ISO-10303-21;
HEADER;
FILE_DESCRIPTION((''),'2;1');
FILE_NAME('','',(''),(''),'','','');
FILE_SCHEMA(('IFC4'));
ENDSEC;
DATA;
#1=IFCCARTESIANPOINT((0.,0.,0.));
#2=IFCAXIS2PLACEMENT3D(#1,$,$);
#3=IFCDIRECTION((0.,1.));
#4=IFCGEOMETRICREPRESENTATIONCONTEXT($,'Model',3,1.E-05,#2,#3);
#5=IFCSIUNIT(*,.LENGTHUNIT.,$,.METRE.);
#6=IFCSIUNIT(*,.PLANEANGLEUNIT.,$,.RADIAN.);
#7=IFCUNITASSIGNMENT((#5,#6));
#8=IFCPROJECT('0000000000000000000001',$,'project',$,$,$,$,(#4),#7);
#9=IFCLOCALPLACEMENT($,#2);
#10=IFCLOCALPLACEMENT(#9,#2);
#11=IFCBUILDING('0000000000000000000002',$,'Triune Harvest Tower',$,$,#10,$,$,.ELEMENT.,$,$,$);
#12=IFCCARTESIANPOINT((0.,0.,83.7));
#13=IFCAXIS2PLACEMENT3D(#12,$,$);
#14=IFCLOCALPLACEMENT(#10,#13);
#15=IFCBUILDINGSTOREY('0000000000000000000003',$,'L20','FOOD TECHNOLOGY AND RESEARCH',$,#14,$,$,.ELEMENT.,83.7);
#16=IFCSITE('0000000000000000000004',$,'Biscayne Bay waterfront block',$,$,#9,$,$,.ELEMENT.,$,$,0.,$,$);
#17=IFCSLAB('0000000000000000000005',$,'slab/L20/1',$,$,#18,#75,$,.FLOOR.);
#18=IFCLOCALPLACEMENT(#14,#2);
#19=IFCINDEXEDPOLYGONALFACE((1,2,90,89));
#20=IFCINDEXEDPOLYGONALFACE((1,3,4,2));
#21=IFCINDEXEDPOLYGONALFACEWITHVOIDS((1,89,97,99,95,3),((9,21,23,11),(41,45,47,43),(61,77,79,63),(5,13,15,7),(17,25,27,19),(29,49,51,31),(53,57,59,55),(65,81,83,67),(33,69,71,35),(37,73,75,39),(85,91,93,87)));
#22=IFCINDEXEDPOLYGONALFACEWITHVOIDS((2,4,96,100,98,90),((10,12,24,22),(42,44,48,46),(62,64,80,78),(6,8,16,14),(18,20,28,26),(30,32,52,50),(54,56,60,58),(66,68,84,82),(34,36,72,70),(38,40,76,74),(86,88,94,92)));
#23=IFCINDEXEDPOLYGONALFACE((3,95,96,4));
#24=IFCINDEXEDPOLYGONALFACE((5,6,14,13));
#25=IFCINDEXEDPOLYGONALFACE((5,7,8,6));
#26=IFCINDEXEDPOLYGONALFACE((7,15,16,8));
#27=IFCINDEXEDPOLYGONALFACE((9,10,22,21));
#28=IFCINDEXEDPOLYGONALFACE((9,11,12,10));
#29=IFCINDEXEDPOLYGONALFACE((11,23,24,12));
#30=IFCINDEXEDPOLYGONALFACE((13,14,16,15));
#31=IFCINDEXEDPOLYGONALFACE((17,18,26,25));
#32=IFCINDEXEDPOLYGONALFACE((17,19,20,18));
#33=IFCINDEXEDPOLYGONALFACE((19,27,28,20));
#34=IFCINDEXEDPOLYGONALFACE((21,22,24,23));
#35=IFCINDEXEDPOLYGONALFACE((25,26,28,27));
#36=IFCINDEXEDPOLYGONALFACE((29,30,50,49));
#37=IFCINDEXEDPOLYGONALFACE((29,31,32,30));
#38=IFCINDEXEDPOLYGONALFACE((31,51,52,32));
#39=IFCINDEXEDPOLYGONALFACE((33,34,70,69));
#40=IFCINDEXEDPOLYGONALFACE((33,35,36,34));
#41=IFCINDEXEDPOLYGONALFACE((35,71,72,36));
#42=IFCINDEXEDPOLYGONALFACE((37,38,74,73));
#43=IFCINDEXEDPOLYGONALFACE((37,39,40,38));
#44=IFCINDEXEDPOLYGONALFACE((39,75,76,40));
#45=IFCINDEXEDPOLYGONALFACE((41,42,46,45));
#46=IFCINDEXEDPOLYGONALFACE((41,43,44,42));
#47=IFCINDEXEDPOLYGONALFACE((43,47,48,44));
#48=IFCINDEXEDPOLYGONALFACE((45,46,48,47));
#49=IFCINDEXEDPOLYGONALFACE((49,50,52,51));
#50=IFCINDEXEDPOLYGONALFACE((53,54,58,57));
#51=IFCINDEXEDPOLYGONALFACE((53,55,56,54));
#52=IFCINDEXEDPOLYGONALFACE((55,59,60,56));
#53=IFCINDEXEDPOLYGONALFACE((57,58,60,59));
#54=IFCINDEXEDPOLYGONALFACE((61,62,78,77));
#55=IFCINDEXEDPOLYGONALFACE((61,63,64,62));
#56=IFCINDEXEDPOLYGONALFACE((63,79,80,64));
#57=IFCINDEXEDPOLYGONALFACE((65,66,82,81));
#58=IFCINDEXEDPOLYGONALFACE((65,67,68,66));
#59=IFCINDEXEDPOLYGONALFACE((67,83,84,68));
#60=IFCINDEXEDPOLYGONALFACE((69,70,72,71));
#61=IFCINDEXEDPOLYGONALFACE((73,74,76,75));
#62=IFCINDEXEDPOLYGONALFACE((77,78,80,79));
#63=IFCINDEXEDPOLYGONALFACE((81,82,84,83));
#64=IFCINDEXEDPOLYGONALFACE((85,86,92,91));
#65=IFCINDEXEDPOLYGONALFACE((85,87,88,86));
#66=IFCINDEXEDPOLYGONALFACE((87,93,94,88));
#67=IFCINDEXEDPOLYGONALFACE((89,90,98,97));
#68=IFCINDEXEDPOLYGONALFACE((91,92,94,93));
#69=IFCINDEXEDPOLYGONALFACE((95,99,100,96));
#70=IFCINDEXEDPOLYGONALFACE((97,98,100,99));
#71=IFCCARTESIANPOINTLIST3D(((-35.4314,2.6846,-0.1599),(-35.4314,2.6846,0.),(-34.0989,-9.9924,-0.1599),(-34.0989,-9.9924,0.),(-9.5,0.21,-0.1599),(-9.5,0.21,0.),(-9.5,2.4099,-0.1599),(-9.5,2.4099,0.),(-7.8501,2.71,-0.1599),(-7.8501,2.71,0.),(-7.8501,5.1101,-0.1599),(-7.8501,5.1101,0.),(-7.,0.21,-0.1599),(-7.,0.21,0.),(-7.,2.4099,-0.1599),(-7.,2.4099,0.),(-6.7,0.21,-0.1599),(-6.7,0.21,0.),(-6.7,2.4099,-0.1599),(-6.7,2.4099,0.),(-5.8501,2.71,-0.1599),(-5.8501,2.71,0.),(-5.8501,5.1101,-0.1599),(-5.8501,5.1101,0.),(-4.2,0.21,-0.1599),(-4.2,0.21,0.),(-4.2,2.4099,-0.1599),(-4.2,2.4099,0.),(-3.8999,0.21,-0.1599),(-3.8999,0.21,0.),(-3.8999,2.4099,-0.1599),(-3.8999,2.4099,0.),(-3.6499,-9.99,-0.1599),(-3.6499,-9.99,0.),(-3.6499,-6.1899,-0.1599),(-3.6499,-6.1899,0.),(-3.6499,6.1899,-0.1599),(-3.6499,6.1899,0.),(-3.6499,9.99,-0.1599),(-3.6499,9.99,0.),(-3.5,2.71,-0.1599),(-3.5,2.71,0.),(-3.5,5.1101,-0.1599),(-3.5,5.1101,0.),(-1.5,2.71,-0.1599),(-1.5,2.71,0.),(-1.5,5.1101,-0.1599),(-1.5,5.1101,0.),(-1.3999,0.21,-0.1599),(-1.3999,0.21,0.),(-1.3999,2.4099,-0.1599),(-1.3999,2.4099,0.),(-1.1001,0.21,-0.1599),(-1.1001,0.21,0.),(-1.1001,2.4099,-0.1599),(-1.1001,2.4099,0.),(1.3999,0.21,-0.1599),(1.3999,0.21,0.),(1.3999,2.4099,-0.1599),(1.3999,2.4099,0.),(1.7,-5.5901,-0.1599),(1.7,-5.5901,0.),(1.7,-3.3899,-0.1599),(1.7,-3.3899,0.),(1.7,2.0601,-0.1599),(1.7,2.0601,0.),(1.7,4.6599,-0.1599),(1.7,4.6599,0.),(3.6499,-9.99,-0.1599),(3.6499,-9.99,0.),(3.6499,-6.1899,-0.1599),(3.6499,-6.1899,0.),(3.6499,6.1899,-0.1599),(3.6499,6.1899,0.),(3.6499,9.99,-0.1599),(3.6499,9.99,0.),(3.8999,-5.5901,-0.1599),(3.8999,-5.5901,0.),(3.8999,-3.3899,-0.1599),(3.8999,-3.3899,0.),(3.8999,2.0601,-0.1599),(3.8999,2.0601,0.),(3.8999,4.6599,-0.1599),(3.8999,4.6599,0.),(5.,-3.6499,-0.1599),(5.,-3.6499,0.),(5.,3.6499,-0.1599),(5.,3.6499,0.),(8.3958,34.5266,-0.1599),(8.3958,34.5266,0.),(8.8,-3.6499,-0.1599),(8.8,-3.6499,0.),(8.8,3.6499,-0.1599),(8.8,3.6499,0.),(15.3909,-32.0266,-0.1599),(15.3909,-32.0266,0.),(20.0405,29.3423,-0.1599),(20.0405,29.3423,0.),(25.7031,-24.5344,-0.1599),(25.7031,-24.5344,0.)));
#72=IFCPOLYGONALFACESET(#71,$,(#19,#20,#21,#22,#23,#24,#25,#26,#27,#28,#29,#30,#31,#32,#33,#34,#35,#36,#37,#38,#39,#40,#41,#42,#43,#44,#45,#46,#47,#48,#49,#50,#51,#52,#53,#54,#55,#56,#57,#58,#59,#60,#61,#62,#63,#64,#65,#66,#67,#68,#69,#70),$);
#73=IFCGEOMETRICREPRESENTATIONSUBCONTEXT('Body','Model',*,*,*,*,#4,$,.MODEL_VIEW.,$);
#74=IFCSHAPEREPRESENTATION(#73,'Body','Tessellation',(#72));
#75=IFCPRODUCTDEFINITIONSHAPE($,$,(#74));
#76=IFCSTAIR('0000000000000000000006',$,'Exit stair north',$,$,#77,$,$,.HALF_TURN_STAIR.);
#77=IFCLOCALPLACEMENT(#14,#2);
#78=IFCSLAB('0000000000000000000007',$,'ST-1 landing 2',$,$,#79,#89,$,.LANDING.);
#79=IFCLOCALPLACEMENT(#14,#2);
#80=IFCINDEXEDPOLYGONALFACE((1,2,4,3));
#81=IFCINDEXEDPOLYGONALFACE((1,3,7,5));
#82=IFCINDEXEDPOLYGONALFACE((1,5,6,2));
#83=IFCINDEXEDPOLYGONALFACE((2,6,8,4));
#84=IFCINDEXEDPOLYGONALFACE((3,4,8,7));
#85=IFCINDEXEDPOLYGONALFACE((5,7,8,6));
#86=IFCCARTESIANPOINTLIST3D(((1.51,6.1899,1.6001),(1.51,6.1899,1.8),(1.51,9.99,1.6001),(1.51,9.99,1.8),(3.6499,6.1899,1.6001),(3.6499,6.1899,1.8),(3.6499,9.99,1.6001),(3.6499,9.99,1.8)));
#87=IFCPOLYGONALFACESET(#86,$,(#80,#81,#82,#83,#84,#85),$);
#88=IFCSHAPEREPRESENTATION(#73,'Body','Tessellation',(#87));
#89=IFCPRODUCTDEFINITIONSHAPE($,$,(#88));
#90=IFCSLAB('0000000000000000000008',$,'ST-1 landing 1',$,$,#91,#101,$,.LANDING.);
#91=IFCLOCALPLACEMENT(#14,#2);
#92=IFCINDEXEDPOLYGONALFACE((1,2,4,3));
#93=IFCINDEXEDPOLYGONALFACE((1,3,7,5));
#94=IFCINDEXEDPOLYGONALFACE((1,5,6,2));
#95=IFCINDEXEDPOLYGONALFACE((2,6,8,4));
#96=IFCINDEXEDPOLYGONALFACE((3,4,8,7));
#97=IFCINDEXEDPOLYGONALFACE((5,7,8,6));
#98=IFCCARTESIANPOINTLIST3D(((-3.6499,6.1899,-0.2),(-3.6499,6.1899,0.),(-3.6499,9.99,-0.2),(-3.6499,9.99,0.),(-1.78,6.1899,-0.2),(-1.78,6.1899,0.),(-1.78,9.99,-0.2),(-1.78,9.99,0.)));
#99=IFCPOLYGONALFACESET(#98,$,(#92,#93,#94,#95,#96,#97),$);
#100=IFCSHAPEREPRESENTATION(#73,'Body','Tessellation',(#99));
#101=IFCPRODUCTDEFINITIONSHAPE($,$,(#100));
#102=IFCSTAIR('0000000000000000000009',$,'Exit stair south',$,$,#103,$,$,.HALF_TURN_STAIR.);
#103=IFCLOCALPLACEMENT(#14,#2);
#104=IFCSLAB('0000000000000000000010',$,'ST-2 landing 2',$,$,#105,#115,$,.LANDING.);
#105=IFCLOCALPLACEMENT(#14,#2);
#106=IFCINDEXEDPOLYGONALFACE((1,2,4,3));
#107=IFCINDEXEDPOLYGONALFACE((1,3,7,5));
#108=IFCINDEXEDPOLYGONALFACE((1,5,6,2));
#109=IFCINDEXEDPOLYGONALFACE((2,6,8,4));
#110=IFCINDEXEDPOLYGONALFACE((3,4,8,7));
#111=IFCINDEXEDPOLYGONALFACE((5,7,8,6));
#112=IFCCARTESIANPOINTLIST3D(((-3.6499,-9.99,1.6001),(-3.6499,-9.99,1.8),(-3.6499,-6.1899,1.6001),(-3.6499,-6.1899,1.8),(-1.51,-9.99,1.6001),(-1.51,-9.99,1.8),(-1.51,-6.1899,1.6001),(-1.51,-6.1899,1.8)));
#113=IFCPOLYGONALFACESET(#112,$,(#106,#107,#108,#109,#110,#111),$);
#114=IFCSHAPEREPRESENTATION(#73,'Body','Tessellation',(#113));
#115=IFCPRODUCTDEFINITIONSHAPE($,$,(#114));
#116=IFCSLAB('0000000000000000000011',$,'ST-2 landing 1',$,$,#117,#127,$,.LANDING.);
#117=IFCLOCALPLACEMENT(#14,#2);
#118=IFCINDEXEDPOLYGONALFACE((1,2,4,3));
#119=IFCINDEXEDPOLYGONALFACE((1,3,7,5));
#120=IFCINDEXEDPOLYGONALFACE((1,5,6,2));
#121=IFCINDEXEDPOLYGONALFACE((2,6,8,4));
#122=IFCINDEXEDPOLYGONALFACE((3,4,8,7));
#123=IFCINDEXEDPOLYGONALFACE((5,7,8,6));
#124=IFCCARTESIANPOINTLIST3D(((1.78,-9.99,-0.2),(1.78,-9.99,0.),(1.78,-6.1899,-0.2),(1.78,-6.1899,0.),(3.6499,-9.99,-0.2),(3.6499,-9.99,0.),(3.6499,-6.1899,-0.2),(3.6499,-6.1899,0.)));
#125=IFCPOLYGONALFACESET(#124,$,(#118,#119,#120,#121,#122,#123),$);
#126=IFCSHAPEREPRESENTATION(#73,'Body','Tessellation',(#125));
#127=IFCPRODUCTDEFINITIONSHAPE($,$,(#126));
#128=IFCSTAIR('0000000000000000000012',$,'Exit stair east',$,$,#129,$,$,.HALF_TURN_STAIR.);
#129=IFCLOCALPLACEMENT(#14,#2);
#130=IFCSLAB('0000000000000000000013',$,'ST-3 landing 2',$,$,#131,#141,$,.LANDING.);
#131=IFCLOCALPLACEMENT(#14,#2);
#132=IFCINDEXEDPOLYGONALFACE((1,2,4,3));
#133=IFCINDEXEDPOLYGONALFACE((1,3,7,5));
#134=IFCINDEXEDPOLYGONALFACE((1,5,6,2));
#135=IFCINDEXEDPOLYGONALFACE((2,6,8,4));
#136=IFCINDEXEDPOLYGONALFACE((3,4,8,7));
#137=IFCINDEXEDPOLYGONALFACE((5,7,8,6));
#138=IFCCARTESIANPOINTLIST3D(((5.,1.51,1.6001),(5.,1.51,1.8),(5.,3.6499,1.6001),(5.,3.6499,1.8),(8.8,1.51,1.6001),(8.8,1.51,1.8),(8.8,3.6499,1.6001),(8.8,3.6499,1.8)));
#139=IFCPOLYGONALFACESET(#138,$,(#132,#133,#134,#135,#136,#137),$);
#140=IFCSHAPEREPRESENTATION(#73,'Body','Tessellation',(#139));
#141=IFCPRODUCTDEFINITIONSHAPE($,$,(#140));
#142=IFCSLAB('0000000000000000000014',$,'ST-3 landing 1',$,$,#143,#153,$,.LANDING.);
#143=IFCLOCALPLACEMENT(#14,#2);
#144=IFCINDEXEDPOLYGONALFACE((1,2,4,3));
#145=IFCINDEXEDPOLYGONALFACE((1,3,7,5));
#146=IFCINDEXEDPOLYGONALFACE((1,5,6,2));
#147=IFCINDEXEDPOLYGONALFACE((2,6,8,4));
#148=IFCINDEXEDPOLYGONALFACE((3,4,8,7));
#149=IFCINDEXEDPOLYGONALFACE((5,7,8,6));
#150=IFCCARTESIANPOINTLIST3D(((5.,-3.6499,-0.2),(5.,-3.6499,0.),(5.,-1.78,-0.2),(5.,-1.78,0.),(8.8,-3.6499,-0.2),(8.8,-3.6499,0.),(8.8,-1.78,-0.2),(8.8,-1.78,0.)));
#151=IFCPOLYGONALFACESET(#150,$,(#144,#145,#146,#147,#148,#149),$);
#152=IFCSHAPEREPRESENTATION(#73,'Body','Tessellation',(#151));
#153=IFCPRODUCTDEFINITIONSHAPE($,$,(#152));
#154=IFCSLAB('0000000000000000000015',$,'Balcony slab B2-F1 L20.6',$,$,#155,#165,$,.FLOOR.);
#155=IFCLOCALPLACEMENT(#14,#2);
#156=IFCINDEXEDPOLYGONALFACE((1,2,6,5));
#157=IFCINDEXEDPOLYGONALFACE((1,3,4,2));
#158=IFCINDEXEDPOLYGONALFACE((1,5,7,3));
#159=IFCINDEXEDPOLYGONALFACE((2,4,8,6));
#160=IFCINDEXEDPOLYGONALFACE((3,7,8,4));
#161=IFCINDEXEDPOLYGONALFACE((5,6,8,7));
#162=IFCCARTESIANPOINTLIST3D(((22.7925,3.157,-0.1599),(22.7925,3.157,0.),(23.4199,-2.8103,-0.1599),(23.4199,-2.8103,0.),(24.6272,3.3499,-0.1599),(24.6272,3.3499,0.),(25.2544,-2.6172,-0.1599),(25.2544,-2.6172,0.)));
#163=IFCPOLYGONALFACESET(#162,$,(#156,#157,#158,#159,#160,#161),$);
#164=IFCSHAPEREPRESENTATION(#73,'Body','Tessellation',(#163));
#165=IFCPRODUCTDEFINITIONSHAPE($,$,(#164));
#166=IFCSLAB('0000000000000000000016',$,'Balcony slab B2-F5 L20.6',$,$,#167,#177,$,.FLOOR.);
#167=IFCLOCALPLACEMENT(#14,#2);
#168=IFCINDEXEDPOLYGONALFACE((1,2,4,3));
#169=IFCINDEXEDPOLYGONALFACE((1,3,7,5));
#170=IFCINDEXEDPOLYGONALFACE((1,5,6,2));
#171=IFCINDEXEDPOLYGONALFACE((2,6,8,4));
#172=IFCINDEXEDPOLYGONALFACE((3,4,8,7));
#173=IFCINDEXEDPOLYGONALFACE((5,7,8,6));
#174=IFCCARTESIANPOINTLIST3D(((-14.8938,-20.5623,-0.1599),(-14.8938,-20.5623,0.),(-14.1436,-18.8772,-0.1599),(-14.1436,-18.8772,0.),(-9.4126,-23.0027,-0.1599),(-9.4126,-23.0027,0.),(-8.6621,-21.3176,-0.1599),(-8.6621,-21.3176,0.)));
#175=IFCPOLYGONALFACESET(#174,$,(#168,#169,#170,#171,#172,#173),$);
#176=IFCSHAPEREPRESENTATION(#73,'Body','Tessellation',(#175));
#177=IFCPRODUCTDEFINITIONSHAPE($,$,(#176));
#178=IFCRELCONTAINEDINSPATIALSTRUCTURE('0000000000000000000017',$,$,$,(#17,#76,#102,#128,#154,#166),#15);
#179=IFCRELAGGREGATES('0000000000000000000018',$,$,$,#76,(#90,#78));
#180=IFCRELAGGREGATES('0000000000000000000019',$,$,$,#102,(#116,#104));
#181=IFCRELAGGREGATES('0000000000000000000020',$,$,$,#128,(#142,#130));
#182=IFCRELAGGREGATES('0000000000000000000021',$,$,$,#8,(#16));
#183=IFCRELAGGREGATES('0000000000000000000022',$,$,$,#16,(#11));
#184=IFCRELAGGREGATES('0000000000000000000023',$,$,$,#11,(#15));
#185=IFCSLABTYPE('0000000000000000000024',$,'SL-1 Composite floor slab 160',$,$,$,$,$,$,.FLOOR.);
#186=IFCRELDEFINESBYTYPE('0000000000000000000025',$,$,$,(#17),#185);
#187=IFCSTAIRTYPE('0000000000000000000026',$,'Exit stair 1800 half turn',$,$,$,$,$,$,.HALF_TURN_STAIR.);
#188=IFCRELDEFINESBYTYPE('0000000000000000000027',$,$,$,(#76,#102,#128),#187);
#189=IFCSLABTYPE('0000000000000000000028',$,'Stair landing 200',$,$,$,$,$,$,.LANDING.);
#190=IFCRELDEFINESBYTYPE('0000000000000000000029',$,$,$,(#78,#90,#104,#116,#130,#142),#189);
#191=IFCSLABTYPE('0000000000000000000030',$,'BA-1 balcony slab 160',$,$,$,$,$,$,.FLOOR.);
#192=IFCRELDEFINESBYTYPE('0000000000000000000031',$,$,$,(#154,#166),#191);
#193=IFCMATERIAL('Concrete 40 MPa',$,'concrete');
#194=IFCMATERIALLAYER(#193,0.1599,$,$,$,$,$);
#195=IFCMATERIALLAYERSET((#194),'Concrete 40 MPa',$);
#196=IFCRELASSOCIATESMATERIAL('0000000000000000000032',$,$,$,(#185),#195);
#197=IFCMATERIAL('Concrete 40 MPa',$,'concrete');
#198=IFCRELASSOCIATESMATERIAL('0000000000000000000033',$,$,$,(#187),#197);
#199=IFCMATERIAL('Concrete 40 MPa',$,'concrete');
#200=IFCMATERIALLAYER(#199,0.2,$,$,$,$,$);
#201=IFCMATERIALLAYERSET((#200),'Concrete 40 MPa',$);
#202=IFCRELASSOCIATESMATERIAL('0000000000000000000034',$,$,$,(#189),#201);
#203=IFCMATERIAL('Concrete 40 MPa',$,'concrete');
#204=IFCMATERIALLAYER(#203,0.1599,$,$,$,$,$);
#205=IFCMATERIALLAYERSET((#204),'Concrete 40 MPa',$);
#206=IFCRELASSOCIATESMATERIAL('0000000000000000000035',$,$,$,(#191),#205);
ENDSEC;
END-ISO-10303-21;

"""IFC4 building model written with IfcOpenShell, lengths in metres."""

from ifc_helpers import new_model, si_unit, direction, frame, origin, place, context, subcontext, project, spatial, polyline, outline, extrude, source, transform, mapped, material, layer, layer_set, type_object, element, aggregate, save


model = new_model("IFC4")

# Units and contexts
model_context = context("Model", 3, precision=1e-05, world=origin(), true_north=direction((0.0, 1.0)))
body_context = subcontext(model_context, "Body", "Model", "MODEL_VIEW")
ifc_project = project(units=[si_unit("LENGTHUNIT", "METRE"), si_unit("PLANEANGLEUNIT", "RADIAN")], contexts=[model_context])

# Site, building, storey
site_placement = place(None, origin())
site = spatial("IfcSite", under=ifc_project, at=site_placement, Name="Biscayne Bay waterfront block", CompositionType="ELEMENT", RefElevation=0.0)
building_placement = place(site_placement, origin())
building = spatial("IfcBuilding", under=site, at=building_placement, Name="Triune Harvest Tower", CompositionType="ELEMENT")
storey_placement = place(building_placement, frame((0.0, 0.0, 83.7)))
storey = spatial("IfcBuildingStorey", under=building, at=storey_placement, Name="L20", Description="FOOD TECHNOLOGY AND RESEARCH", CompositionType="ELEMENT", Elevation=83.7)

# Slab
ifc_material_1 = material(Name="Concrete 40 MPa", Category="concrete")
ifc_layer_1 = layer(ifc_material_1, 0.1599)
ifc_layer_set_1 = layer_set([ifc_layer_1], Name="Concrete 40 MPa")
slab_type_1 = type_object("IfcSlabType", Name="SL-1 Composite floor slab 160", PredefinedType="FLOOR", material=ifc_layer_set_1)
shared_shape_1 = source(origin(), body_context, "Body", "SweptSolid", [
    extrude(outline(polyline([(25.7031, -24.5344), (20.0405, 29.3423), (8.3958, 34.5266), (-35.4314, 2.6846), (-34.0989, -9.9924), (15.3909, -32.0266), (25.7031, -24.5344)]), holes=[polyline([(-7.0, 0.21), (-7.0, 2.4099), (-9.5, 2.4099), (-9.5, 0.21), (-7.0, 0.21)]), polyline([(-4.2, 0.21), (-4.2, 2.4099), (-6.7, 2.4099), (-6.7, 0.21), (-4.2, 0.21)]), polyline([(-1.3999, 0.21), (-1.3999, 2.4099), (-3.8999, 2.4099), (-3.8999, 0.21), (-1.3999, 0.21)]), polyline([(1.3999, 0.21), (1.3999, 2.4099), (-1.1001, 2.4099), (-1.1001, 0.21), (1.3999, 0.21)]), polyline([(3.8999, 2.0601), (3.8999, 4.6599), (1.7, 4.6599), (1.7, 2.0601), (3.8999, 2.0601)]), polyline([(3.8999, -5.5901), (3.8999, -3.3899), (1.7, -3.3899), (1.7, -5.5901), (3.8999, -5.5901)]), polyline([(-5.8501, 2.71), (-5.8501, 5.1101), (-7.8501, 5.1101), (-7.8501, 2.71), (-5.8501, 2.71)]), polyline([(-1.5, 2.71), (-1.5, 5.1101), (-3.5, 5.1101), (-3.5, 2.71), (-1.5, 2.71)]), polyline([(3.6499, 6.1899), (3.6499, 9.99), (-3.6499, 9.99), (-3.6499, 6.1899), (3.6499, 6.1899)]), polyline([(3.6499, -9.99), (3.6499, -6.1899), (-3.6499, -6.1899), (-3.6499, -9.99), (3.6499, -9.99)]), polyline([(8.8, -3.6499), (8.8, 3.6499), (5.0, 3.6499), (5.0, -3.6499), (8.8, -3.6499)])]), origin(), (0.0, 0.0, 1.0), 0.1599),
])
slab_1_placement = place(storey_placement, frame((0.0, 0.0, -0.1599)))
element("IfcSlab", 1, at=slab_1_placement, inside=storey, type_object=slab_type_1, Name="slab/L20/1", PredefinedType="FLOOR", context=body_context, shape_type="MappedRepresentation", body=[
    mapped(shared_shape_1, transform((0.0, 0.0, 0.0), scale=1.0)),
])

# Stairs, slabs
ifc_material_2 = material(Name="Concrete 40 MPa", Category="concrete")
stair_type = type_object("IfcStairType", Name="Exit stair 1800 half turn", PredefinedType="HALF_TURN_STAIR", material=ifc_material_2)
stair_1_placement = place(storey_placement, origin())
stair_1 = element("IfcStair", 2, at=stair_1_placement, inside=storey, type_object=stair_type, Name="Exit stair north", PredefinedType="HALF_TURN_STAIR")
ifc_material_3 = material(Name="Concrete 40 MPa", Category="concrete")
ifc_layer_2 = layer(ifc_material_3, 0.2)
ifc_layer_set_2 = layer_set([ifc_layer_2], Name="Concrete 40 MPa")
slab_type_2 = type_object("IfcSlabType", Name="Stair landing 200", PredefinedType="LANDING", material=ifc_layer_set_2)
shared_shape_2 = source(origin(), body_context, "Body", "SweptSolid", [
    extrude(outline(polyline([(1.51, 6.1899), (3.6499, 6.1899), (3.6499, 9.99), (1.51, 9.99), (1.51, 6.1899)])), origin(), (0.0, 0.0, 1.0), 0.2),
])
slab_2_placement = place(storey_placement, frame((0.0, 0.0, 1.6001)))
slab_2 = element("IfcSlab", 3, at=slab_2_placement, type_object=slab_type_2, Name="ST-1 landing 2", PredefinedType="LANDING", context=body_context, shape_type="MappedRepresentation", body=[
    mapped(shared_shape_2, transform((0.0, 0.0, 0.0), scale=1.0)),
])
shared_shape_3 = source(origin(), body_context, "Body", "SweptSolid", [
    extrude(outline(polyline([(-3.6499, 6.1899), (-1.78, 6.1899), (-1.78, 9.99), (-3.6499, 9.99), (-3.6499, 6.1899)])), origin(), (0.0, 0.0, 1.0), 0.2),
])
slab_3_placement = place(storey_placement, frame((0.0, 0.0, -0.2)))
slab_3 = element("IfcSlab", 4, at=slab_3_placement, type_object=slab_type_2, Name="ST-1 landing 1", PredefinedType="LANDING", context=body_context, shape_type="MappedRepresentation", body=[
    mapped(shared_shape_3, transform((0.0, 0.0, 0.0), scale=1.0)),
])
aggregate(stair_1, [slab_3, slab_2])
stair_2_placement = place(storey_placement, origin())
stair_2 = element("IfcStair", 5, at=stair_2_placement, inside=storey, type_object=stair_type, Name="Exit stair south", PredefinedType="HALF_TURN_STAIR")
shared_shape_4 = source(origin(), body_context, "Body", "SweptSolid", [
    extrude(outline(polyline([(-1.51, -6.1899), (-3.6499, -6.1899), (-3.6499, -9.99), (-1.51, -9.99), (-1.51, -6.1899)])), origin(), (0.0, 0.0, 1.0), 0.2),
])
slab_4_placement = place(storey_placement, frame((0.0, 0.0, 1.6001)))
slab_4 = element("IfcSlab", 6, at=slab_4_placement, type_object=slab_type_2, Name="ST-2 landing 2", PredefinedType="LANDING", context=body_context, shape_type="MappedRepresentation", body=[
    mapped(shared_shape_4, transform((0.0, 0.0, 0.0), scale=1.0)),
])
shared_shape_5 = source(origin(), body_context, "Body", "SweptSolid", [
    extrude(outline(polyline([(3.6499, -6.1899), (1.78, -6.1899), (1.78, -9.99), (3.6499, -9.99), (3.6499, -6.1899)])), origin(), (0.0, 0.0, 1.0), 0.2),
])
slab_5_placement = place(storey_placement, frame((0.0, 0.0, -0.2)))
slab_5 = element("IfcSlab", 7, at=slab_5_placement, type_object=slab_type_2, Name="ST-2 landing 1", PredefinedType="LANDING", context=body_context, shape_type="MappedRepresentation", body=[
    mapped(shared_shape_5, transform((0.0, 0.0, 0.0), scale=1.0)),
])
aggregate(stair_2, [slab_5, slab_4])
stair_3_placement = place(storey_placement, origin())
stair_3 = element("IfcStair", 8, at=stair_3_placement, inside=storey, type_object=stair_type, Name="Exit stair east", PredefinedType="HALF_TURN_STAIR")
shared_shape_6 = source(origin(), body_context, "Body", "SweptSolid", [
    extrude(outline(polyline([(8.8, 1.51), (8.8, 3.6499), (5.0, 3.6499), (5.0, 1.51), (8.8, 1.51)])), origin(), (0.0, 0.0, 1.0), 0.2),
])
slab_6_placement = place(storey_placement, frame((0.0, 0.0, 1.6001)))
slab_6 = element("IfcSlab", 9, at=slab_6_placement, type_object=slab_type_2, Name="ST-3 landing 2", PredefinedType="LANDING", context=body_context, shape_type="MappedRepresentation", body=[
    mapped(shared_shape_6, transform((0.0, 0.0, 0.0), scale=1.0)),
])
shared_shape_7 = source(origin(), body_context, "Body", "SweptSolid", [
    extrude(outline(polyline([(8.8, -3.6499), (8.8, -1.78), (5.0, -1.78), (5.0, -3.6499), (8.8, -3.6499)])), origin(), (0.0, 0.0, 1.0), 0.2),
])
slab_7_placement = place(storey_placement, frame((0.0, 0.0, -0.2)))
slab_7 = element("IfcSlab", 10, at=slab_7_placement, type_object=slab_type_2, Name="ST-3 landing 1", PredefinedType="LANDING", context=body_context, shape_type="MappedRepresentation", body=[
    mapped(shared_shape_7, transform((0.0, 0.0, 0.0), scale=1.0)),
])
aggregate(stair_3, [slab_7, slab_6])

# Slabs
ifc_material_4 = material(Name="Concrete 40 MPa", Category="concrete")
ifc_layer_3 = layer(ifc_material_4, 0.1599)
ifc_layer_set_3 = layer_set([ifc_layer_3], Name="Concrete 40 MPa")
slab_type_3 = type_object("IfcSlabType", Name="BA-1 balcony slab 160", PredefinedType="FLOOR", material=ifc_layer_set_3)
shared_shape_8 = source(origin(), body_context, "Body", "SweptSolid", [
    extrude(outline(polyline([(23.4199, -2.8103), (22.7925, 3.157), (24.6272, 3.3499), (25.2544, -2.6172), (23.4199, -2.8103)])), origin(), (0.0, 0.0, 1.0), 0.1599),
])
slab_8_placement = place(storey_placement, frame((0.0, 0.0, -0.1599)))
element("IfcSlab", 11, at=slab_8_placement, inside=storey, type_object=slab_type_3, Name="Balcony slab B2-F1 L20.6", PredefinedType="FLOOR", context=body_context, shape_type="MappedRepresentation", body=[
    mapped(shared_shape_8, transform((0.0, 0.0, 0.0), scale=1.0)),
])
shared_shape_9 = source(origin(), body_context, "Body", "SweptSolid", [
    extrude(outline(polyline([(-14.1436, -18.8772), (-8.6621, -21.3176), (-9.4126, -23.0027), (-14.8938, -20.5623), (-14.1436, -18.8772)])), origin(), (0.0, 0.0, 1.0), 0.1599),
])
slab_9_placement = place(storey_placement, frame((0.0, 0.0, -0.1599)))
element("IfcSlab", 12, at=slab_9_placement, inside=storey, type_object=slab_type_3, Name="Balcony slab B2-F5 L20.6", PredefinedType="FLOOR", context=body_context, shape_type="MappedRepresentation", body=[
    mapped(shared_shape_9, transform((0.0, 0.0, 0.0), scale=1.0)),
])

save(model, "model.ifc")
